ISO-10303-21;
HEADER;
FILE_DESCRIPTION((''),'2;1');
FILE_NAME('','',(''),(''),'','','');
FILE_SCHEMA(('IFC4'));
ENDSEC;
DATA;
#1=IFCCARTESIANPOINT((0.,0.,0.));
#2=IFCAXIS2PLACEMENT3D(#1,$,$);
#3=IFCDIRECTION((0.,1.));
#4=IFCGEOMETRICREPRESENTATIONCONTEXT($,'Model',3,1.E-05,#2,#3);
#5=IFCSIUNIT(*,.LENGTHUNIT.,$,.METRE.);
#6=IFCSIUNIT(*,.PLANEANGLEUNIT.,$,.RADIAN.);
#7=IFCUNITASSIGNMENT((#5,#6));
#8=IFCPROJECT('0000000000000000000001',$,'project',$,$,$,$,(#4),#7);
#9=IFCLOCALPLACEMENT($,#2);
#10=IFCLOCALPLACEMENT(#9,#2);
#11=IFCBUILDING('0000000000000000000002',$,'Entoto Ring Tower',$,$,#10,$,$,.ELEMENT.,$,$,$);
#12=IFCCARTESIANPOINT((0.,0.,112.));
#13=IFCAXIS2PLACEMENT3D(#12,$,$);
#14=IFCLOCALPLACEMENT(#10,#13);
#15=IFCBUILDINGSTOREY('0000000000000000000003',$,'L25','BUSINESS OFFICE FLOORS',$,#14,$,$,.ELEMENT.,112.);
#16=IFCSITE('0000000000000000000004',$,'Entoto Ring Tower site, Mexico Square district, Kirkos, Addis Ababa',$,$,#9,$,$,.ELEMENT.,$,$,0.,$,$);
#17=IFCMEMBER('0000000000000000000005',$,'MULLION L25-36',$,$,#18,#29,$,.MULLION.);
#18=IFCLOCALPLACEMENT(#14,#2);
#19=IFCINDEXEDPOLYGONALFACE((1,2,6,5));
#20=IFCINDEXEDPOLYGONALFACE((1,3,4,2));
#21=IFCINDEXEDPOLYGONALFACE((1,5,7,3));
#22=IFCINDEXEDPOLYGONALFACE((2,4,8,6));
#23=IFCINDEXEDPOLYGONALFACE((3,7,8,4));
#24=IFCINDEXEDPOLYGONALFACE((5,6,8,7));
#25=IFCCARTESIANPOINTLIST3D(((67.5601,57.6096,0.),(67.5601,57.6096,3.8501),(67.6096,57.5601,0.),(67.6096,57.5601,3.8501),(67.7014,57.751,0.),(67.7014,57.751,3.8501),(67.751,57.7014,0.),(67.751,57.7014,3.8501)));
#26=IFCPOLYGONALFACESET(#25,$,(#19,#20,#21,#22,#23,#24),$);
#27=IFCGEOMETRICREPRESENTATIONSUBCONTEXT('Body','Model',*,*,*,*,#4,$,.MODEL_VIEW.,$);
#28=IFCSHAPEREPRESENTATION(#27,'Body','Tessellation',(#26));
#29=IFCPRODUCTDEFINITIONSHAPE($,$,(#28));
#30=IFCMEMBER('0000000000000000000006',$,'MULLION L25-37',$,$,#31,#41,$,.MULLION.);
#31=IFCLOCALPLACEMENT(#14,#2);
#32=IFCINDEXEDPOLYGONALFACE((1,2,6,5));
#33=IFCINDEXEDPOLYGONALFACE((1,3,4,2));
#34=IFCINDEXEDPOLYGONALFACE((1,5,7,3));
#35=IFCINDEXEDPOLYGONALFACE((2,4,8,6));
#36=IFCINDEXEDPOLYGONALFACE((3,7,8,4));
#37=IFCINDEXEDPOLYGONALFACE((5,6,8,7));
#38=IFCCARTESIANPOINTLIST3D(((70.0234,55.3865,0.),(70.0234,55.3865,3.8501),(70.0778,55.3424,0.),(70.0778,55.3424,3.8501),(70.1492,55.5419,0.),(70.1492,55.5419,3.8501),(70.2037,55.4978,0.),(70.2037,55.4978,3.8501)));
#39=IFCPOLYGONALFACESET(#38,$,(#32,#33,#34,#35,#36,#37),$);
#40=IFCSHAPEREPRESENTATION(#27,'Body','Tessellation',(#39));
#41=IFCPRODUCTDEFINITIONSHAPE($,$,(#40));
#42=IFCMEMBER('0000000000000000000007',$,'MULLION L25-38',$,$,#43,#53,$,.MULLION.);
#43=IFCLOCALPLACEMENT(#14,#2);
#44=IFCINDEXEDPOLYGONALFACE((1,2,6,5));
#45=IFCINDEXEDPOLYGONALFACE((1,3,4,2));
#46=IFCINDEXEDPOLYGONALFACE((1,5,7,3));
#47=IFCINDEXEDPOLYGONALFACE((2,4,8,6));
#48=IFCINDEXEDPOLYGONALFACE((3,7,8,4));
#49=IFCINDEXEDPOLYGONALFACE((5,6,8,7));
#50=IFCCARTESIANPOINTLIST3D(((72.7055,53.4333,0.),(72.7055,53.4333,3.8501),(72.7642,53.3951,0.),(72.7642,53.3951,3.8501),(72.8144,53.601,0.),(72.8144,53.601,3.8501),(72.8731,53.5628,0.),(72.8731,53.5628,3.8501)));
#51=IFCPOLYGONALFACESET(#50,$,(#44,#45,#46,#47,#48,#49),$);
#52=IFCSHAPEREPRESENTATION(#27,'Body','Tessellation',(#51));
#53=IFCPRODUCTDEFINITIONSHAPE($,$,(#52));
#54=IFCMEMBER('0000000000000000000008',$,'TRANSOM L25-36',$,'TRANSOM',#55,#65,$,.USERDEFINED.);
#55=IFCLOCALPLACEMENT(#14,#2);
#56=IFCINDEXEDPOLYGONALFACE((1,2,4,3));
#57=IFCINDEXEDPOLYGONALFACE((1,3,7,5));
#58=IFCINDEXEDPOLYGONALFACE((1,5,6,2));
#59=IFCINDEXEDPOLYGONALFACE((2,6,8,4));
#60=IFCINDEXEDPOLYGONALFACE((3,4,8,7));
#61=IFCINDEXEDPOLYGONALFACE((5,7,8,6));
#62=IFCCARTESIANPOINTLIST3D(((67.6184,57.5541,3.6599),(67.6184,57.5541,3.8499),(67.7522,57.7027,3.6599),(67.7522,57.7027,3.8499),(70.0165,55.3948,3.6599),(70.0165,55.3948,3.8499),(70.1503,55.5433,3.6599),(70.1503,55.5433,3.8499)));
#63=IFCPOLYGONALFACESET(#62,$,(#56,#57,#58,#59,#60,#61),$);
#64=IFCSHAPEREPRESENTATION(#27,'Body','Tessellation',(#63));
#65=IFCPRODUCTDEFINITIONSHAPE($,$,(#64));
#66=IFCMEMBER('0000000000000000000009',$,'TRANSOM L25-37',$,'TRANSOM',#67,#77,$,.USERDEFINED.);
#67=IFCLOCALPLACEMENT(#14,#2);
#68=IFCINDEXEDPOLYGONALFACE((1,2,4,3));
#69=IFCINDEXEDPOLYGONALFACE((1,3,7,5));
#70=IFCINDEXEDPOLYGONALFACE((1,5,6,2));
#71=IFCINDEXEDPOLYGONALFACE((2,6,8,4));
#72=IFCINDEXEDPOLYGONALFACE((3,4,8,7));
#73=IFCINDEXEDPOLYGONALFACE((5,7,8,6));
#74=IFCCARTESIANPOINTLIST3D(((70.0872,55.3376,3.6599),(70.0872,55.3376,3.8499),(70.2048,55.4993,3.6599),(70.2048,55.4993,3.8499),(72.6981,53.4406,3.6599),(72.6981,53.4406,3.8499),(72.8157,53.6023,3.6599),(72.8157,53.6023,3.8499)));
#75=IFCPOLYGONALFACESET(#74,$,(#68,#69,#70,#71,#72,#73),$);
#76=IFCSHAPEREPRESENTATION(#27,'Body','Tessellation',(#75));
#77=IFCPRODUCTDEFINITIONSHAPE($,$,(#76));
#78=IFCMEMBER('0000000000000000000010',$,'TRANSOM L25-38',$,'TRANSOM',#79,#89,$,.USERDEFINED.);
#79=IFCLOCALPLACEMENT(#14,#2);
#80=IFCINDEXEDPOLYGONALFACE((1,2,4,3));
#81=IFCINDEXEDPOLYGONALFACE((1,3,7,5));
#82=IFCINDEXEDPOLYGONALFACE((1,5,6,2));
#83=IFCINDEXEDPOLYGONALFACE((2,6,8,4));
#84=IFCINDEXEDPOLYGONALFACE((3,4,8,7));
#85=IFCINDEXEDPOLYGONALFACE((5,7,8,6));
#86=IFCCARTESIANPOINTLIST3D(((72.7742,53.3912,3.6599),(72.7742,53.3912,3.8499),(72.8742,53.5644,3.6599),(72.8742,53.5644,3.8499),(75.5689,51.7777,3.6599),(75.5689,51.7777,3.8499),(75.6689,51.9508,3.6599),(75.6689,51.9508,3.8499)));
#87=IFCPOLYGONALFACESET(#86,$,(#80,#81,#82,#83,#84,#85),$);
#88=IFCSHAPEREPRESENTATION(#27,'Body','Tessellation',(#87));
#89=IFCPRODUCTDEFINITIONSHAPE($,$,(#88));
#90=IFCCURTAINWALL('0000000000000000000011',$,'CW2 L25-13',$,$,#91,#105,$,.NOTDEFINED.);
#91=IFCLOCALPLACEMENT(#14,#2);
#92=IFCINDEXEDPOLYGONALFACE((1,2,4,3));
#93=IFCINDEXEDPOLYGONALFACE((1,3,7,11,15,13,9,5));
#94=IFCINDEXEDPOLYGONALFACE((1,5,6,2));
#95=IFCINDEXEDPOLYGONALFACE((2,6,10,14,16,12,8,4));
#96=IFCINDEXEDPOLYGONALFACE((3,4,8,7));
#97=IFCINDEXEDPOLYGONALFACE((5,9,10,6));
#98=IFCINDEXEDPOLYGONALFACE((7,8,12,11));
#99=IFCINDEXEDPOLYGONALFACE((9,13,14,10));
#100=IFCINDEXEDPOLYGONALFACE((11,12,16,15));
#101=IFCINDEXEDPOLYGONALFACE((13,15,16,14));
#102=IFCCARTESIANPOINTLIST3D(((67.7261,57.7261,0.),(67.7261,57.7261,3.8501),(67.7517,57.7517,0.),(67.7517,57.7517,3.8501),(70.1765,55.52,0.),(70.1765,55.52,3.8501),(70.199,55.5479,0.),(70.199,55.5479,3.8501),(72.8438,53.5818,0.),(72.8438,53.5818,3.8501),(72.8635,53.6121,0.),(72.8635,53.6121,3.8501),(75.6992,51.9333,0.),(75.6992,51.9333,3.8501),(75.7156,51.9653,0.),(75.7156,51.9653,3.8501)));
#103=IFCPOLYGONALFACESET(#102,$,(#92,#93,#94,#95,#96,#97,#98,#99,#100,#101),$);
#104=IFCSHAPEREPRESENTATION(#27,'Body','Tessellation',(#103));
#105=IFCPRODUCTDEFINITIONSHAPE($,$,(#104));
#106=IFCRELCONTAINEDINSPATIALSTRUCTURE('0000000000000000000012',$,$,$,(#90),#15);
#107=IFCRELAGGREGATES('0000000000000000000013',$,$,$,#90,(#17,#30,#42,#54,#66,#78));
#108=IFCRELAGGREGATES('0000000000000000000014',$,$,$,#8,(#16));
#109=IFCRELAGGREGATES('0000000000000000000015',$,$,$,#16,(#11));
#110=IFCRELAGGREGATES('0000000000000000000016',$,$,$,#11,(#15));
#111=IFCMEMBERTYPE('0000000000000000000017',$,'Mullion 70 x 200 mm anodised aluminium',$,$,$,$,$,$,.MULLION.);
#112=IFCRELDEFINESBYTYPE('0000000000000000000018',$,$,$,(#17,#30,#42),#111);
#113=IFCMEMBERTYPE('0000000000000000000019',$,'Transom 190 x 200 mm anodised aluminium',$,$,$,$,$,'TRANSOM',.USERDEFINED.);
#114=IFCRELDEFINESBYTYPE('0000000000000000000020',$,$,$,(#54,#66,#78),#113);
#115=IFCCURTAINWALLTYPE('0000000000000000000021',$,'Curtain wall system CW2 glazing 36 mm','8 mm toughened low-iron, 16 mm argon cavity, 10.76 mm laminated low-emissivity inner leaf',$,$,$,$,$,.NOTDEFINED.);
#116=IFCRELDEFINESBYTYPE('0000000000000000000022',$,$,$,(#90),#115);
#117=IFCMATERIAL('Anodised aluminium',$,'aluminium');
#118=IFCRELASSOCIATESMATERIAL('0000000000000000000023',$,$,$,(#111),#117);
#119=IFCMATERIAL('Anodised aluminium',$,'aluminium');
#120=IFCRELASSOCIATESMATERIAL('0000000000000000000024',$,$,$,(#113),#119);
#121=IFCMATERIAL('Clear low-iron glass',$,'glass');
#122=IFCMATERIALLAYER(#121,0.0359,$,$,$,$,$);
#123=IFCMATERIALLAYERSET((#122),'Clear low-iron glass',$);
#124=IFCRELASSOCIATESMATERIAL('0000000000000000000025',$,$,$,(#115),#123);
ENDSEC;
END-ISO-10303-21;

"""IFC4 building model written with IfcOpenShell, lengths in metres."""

from ifc_helpers import new_model, si_unit, direction, frame, origin, origin_2d, place, context, subcontext, project, spatial, polyline, rectangle, outline, extrude, material, layer, layer_set, material_profile, profile_set, type_object, element, aggregate, save


model = new_model("IFC4")

# Units and contexts
model_context = context("Model", 3, precision=1e-05, world=origin(), true_north=direction((0.0, 1.0)))
body_context = subcontext(model_context, "Body", "Model", "MODEL_VIEW")
ifc_project = project(units=[si_unit("LENGTHUNIT", "METRE"), si_unit("PLANEANGLEUNIT", "RADIAN")], contexts=[model_context])

# Members
ifc_material_1 = material(Name="Anodised aluminium", Category="aluminium")
ifc_material_profile_1 = material_profile(ifc_material_1, rectangle(XDim=0.0701, YDim=0.2, at=origin_2d()), Name="Mullion 70 x 200 mm anodised aluminium")
ifc_profile_set_1 = profile_set([ifc_material_profile_1], Name="Anodised aluminium")
member_type_1 = type_object("IfcMemberType", Name="Mullion 70 x 200 mm anodised aluminium", PredefinedType="MULLION", material=ifc_profile_set_1)
site_placement = place(None, origin())
building_placement = place(site_placement, origin())
storey_placement = place(building_placement, frame((0.0, 0.0, 112.0)))
member_1_placement = place(storey_placement, frame((67.6555, 57.6555, 0.0), z_axis=(0.0, 0.0, 1.0), x_axis=(0.707107, -0.707107, 0.0)))
member_1 = element("IfcMember", 1, at=member_1_placement, type_object=member_type_1, Name="MULLION L25-36", PredefinedType="MULLION", context=body_context, shape_type="SweptSolid", body=[
    extrude(rectangle(XDim=0.0701, YDim=0.2, at=origin_2d()), origin(), (0.0, 0.0, 1.0), 3.8501),
])
member_2_placement = place(storey_placement, frame((70.1135, 55.4421, 0.0), z_axis=(0.0, 0.0, 1.0), x_axis=(0.777146, -0.62932, 0.0)))
member_2 = element("IfcMember", 2, at=member_2_placement, type_object=member_type_1, Name="MULLION L25-37", PredefinedType="MULLION", context=body_context, shape_type="SweptSolid", body=[
    extrude(rectangle(XDim=0.0701, YDim=0.2, at=origin_2d()), origin(), (0.0, 0.0, 1.0), 3.8501),
])
member_3_placement = place(storey_placement, frame((72.7893, 53.498, 0.0), z_axis=(0.0, 0.0, 1.0), x_axis=(0.838671, -0.544639, 0.0)))
member_3 = element("IfcMember", 3, at=member_3_placement, type_object=member_type_1, Name="MULLION L25-38", PredefinedType="MULLION", context=body_context, shape_type="SweptSolid", body=[
    extrude(rectangle(XDim=0.0701, YDim=0.2, at=origin_2d()), origin(), (0.0, 0.0, 1.0), 3.8501),
])
ifc_material_2 = material(Name="Anodised aluminium", Category="aluminium")
ifc_material_profile_2 = material_profile(ifc_material_2, rectangle(XDim=0.2, YDim=0.1899, at=origin_2d()), Name="Transom 190 x 200 mm anodised aluminium")
ifc_profile_set_2 = profile_set([ifc_material_profile_2], Name="Anodised aluminium")
member_type_2 = type_object("IfcMemberType", Name="Transom 190 x 200 mm anodised aluminium", ElementType="TRANSOM", PredefinedType="USERDEFINED", material=ifc_profile_set_2)
member_4_placement = place(storey_placement, frame((67.6853, 57.6284, 3.7549), z_axis=(0.743132, -0.669144, 0.0), x_axis=(0.669144, 0.743132, 0.0)))
member_4 = element("IfcMember", 4, at=member_4_placement, type_object=member_type_2, Name="TRANSOM L25-36", ObjectType="TRANSOM", PredefinedType="USERDEFINED", context=body_context, shape_type="SweptSolid", body=[
    extrude(rectangle(XDim=0.2, YDim=0.1899, at=origin_2d()), origin(), (0.0, 0.0, 1.0), 3.2271),
])
member_5_placement = place(storey_placement, frame((70.146, 55.4185, 3.7549), z_axis=(0.809004, -0.587803, 0.0), x_axis=(0.587803, 0.809004, 0.0)))
member_5 = element("IfcMember", 5, at=member_5_placement, type_object=member_type_2, Name="TRANSOM L25-37", ObjectType="TRANSOM", PredefinedType="USERDEFINED", context=body_context, shape_type="SweptSolid", body=[
    extrude(rectangle(XDim=0.2, YDim=0.1899, at=origin_2d()), origin(), (0.0, 0.0, 1.0), 3.2273),
])
member_6_placement = place(storey_placement, frame((72.8242, 53.4778, 3.7549), z_axis=(0.866023, -0.500004, 0.0), x_axis=(0.500004, 0.866023, 0.0)))
member_6 = element("IfcMember", 6, at=member_6_placement, type_object=member_type_2, Name="TRANSOM L25-38", ObjectType="TRANSOM", PredefinedType="USERDEFINED", context=body_context, shape_type="SweptSolid", body=[
    extrude(rectangle(XDim=0.2, YDim=0.1899, at=origin_2d()), origin(), (0.0, 0.0, 1.0), 3.2271),
])

# Site, building, storey
site = spatial("IfcSite", under=ifc_project, at=site_placement, Name="Entoto Ring Tower site, Mexico Square district, Kirkos, Addis Ababa", CompositionType="ELEMENT", RefElevation=0.0)
building = spatial("IfcBuilding", under=site, at=building_placement, Name="Entoto Ring Tower", CompositionType="ELEMENT")
storey = spatial("IfcBuildingStorey", under=building, at=storey_placement, Name="L25", Description="BUSINESS OFFICE FLOORS", CompositionType="ELEMENT", Elevation=112.0)

# Curtain wall
ifc_material_3 = material(Name="Clear low-iron glass", Category="glass")
ifc_layer = layer(ifc_material_3, 0.0359)
ifc_layer_set = layer_set([ifc_layer], Name="Clear low-iron glass")
curtain_wall_type = type_object("IfcCurtainWallType", Name="Curtain wall system CW2 glazing 36 mm", Description="8 mm toughened low-iron, 16 mm argon cavity, 10.76 mm laminated low-emissivity inner leaf", PredefinedType="NOTDEFINED", material=ifc_layer_set)
curtain_wall_1_placement = place(storey_placement, origin())
curtain_wall_1 = element("IfcCurtainWall", 7, at=curtain_wall_1_placement, inside=storey, type_object=curtain_wall_type, Name="CW2 L25-13", PredefinedType="NOTDEFINED", context=body_context, shape_type="SweptSolid", body=[
    extrude(outline(polyline([(67.7261, 57.7261), (70.1765, 55.52), (72.8438, 53.5818), (75.6992, 51.9333), (75.7156, 51.9653), (72.8635, 53.6121), (70.199, 55.5479), (67.7517, 57.7517), (67.7261, 57.7261)])), origin(), (0.0, 0.0, 1.0), 3.8501),
])
aggregate(curtain_wall_1, [member_1, member_2, member_3, member_4, member_5, member_6])

save(model, "model.ifc")
